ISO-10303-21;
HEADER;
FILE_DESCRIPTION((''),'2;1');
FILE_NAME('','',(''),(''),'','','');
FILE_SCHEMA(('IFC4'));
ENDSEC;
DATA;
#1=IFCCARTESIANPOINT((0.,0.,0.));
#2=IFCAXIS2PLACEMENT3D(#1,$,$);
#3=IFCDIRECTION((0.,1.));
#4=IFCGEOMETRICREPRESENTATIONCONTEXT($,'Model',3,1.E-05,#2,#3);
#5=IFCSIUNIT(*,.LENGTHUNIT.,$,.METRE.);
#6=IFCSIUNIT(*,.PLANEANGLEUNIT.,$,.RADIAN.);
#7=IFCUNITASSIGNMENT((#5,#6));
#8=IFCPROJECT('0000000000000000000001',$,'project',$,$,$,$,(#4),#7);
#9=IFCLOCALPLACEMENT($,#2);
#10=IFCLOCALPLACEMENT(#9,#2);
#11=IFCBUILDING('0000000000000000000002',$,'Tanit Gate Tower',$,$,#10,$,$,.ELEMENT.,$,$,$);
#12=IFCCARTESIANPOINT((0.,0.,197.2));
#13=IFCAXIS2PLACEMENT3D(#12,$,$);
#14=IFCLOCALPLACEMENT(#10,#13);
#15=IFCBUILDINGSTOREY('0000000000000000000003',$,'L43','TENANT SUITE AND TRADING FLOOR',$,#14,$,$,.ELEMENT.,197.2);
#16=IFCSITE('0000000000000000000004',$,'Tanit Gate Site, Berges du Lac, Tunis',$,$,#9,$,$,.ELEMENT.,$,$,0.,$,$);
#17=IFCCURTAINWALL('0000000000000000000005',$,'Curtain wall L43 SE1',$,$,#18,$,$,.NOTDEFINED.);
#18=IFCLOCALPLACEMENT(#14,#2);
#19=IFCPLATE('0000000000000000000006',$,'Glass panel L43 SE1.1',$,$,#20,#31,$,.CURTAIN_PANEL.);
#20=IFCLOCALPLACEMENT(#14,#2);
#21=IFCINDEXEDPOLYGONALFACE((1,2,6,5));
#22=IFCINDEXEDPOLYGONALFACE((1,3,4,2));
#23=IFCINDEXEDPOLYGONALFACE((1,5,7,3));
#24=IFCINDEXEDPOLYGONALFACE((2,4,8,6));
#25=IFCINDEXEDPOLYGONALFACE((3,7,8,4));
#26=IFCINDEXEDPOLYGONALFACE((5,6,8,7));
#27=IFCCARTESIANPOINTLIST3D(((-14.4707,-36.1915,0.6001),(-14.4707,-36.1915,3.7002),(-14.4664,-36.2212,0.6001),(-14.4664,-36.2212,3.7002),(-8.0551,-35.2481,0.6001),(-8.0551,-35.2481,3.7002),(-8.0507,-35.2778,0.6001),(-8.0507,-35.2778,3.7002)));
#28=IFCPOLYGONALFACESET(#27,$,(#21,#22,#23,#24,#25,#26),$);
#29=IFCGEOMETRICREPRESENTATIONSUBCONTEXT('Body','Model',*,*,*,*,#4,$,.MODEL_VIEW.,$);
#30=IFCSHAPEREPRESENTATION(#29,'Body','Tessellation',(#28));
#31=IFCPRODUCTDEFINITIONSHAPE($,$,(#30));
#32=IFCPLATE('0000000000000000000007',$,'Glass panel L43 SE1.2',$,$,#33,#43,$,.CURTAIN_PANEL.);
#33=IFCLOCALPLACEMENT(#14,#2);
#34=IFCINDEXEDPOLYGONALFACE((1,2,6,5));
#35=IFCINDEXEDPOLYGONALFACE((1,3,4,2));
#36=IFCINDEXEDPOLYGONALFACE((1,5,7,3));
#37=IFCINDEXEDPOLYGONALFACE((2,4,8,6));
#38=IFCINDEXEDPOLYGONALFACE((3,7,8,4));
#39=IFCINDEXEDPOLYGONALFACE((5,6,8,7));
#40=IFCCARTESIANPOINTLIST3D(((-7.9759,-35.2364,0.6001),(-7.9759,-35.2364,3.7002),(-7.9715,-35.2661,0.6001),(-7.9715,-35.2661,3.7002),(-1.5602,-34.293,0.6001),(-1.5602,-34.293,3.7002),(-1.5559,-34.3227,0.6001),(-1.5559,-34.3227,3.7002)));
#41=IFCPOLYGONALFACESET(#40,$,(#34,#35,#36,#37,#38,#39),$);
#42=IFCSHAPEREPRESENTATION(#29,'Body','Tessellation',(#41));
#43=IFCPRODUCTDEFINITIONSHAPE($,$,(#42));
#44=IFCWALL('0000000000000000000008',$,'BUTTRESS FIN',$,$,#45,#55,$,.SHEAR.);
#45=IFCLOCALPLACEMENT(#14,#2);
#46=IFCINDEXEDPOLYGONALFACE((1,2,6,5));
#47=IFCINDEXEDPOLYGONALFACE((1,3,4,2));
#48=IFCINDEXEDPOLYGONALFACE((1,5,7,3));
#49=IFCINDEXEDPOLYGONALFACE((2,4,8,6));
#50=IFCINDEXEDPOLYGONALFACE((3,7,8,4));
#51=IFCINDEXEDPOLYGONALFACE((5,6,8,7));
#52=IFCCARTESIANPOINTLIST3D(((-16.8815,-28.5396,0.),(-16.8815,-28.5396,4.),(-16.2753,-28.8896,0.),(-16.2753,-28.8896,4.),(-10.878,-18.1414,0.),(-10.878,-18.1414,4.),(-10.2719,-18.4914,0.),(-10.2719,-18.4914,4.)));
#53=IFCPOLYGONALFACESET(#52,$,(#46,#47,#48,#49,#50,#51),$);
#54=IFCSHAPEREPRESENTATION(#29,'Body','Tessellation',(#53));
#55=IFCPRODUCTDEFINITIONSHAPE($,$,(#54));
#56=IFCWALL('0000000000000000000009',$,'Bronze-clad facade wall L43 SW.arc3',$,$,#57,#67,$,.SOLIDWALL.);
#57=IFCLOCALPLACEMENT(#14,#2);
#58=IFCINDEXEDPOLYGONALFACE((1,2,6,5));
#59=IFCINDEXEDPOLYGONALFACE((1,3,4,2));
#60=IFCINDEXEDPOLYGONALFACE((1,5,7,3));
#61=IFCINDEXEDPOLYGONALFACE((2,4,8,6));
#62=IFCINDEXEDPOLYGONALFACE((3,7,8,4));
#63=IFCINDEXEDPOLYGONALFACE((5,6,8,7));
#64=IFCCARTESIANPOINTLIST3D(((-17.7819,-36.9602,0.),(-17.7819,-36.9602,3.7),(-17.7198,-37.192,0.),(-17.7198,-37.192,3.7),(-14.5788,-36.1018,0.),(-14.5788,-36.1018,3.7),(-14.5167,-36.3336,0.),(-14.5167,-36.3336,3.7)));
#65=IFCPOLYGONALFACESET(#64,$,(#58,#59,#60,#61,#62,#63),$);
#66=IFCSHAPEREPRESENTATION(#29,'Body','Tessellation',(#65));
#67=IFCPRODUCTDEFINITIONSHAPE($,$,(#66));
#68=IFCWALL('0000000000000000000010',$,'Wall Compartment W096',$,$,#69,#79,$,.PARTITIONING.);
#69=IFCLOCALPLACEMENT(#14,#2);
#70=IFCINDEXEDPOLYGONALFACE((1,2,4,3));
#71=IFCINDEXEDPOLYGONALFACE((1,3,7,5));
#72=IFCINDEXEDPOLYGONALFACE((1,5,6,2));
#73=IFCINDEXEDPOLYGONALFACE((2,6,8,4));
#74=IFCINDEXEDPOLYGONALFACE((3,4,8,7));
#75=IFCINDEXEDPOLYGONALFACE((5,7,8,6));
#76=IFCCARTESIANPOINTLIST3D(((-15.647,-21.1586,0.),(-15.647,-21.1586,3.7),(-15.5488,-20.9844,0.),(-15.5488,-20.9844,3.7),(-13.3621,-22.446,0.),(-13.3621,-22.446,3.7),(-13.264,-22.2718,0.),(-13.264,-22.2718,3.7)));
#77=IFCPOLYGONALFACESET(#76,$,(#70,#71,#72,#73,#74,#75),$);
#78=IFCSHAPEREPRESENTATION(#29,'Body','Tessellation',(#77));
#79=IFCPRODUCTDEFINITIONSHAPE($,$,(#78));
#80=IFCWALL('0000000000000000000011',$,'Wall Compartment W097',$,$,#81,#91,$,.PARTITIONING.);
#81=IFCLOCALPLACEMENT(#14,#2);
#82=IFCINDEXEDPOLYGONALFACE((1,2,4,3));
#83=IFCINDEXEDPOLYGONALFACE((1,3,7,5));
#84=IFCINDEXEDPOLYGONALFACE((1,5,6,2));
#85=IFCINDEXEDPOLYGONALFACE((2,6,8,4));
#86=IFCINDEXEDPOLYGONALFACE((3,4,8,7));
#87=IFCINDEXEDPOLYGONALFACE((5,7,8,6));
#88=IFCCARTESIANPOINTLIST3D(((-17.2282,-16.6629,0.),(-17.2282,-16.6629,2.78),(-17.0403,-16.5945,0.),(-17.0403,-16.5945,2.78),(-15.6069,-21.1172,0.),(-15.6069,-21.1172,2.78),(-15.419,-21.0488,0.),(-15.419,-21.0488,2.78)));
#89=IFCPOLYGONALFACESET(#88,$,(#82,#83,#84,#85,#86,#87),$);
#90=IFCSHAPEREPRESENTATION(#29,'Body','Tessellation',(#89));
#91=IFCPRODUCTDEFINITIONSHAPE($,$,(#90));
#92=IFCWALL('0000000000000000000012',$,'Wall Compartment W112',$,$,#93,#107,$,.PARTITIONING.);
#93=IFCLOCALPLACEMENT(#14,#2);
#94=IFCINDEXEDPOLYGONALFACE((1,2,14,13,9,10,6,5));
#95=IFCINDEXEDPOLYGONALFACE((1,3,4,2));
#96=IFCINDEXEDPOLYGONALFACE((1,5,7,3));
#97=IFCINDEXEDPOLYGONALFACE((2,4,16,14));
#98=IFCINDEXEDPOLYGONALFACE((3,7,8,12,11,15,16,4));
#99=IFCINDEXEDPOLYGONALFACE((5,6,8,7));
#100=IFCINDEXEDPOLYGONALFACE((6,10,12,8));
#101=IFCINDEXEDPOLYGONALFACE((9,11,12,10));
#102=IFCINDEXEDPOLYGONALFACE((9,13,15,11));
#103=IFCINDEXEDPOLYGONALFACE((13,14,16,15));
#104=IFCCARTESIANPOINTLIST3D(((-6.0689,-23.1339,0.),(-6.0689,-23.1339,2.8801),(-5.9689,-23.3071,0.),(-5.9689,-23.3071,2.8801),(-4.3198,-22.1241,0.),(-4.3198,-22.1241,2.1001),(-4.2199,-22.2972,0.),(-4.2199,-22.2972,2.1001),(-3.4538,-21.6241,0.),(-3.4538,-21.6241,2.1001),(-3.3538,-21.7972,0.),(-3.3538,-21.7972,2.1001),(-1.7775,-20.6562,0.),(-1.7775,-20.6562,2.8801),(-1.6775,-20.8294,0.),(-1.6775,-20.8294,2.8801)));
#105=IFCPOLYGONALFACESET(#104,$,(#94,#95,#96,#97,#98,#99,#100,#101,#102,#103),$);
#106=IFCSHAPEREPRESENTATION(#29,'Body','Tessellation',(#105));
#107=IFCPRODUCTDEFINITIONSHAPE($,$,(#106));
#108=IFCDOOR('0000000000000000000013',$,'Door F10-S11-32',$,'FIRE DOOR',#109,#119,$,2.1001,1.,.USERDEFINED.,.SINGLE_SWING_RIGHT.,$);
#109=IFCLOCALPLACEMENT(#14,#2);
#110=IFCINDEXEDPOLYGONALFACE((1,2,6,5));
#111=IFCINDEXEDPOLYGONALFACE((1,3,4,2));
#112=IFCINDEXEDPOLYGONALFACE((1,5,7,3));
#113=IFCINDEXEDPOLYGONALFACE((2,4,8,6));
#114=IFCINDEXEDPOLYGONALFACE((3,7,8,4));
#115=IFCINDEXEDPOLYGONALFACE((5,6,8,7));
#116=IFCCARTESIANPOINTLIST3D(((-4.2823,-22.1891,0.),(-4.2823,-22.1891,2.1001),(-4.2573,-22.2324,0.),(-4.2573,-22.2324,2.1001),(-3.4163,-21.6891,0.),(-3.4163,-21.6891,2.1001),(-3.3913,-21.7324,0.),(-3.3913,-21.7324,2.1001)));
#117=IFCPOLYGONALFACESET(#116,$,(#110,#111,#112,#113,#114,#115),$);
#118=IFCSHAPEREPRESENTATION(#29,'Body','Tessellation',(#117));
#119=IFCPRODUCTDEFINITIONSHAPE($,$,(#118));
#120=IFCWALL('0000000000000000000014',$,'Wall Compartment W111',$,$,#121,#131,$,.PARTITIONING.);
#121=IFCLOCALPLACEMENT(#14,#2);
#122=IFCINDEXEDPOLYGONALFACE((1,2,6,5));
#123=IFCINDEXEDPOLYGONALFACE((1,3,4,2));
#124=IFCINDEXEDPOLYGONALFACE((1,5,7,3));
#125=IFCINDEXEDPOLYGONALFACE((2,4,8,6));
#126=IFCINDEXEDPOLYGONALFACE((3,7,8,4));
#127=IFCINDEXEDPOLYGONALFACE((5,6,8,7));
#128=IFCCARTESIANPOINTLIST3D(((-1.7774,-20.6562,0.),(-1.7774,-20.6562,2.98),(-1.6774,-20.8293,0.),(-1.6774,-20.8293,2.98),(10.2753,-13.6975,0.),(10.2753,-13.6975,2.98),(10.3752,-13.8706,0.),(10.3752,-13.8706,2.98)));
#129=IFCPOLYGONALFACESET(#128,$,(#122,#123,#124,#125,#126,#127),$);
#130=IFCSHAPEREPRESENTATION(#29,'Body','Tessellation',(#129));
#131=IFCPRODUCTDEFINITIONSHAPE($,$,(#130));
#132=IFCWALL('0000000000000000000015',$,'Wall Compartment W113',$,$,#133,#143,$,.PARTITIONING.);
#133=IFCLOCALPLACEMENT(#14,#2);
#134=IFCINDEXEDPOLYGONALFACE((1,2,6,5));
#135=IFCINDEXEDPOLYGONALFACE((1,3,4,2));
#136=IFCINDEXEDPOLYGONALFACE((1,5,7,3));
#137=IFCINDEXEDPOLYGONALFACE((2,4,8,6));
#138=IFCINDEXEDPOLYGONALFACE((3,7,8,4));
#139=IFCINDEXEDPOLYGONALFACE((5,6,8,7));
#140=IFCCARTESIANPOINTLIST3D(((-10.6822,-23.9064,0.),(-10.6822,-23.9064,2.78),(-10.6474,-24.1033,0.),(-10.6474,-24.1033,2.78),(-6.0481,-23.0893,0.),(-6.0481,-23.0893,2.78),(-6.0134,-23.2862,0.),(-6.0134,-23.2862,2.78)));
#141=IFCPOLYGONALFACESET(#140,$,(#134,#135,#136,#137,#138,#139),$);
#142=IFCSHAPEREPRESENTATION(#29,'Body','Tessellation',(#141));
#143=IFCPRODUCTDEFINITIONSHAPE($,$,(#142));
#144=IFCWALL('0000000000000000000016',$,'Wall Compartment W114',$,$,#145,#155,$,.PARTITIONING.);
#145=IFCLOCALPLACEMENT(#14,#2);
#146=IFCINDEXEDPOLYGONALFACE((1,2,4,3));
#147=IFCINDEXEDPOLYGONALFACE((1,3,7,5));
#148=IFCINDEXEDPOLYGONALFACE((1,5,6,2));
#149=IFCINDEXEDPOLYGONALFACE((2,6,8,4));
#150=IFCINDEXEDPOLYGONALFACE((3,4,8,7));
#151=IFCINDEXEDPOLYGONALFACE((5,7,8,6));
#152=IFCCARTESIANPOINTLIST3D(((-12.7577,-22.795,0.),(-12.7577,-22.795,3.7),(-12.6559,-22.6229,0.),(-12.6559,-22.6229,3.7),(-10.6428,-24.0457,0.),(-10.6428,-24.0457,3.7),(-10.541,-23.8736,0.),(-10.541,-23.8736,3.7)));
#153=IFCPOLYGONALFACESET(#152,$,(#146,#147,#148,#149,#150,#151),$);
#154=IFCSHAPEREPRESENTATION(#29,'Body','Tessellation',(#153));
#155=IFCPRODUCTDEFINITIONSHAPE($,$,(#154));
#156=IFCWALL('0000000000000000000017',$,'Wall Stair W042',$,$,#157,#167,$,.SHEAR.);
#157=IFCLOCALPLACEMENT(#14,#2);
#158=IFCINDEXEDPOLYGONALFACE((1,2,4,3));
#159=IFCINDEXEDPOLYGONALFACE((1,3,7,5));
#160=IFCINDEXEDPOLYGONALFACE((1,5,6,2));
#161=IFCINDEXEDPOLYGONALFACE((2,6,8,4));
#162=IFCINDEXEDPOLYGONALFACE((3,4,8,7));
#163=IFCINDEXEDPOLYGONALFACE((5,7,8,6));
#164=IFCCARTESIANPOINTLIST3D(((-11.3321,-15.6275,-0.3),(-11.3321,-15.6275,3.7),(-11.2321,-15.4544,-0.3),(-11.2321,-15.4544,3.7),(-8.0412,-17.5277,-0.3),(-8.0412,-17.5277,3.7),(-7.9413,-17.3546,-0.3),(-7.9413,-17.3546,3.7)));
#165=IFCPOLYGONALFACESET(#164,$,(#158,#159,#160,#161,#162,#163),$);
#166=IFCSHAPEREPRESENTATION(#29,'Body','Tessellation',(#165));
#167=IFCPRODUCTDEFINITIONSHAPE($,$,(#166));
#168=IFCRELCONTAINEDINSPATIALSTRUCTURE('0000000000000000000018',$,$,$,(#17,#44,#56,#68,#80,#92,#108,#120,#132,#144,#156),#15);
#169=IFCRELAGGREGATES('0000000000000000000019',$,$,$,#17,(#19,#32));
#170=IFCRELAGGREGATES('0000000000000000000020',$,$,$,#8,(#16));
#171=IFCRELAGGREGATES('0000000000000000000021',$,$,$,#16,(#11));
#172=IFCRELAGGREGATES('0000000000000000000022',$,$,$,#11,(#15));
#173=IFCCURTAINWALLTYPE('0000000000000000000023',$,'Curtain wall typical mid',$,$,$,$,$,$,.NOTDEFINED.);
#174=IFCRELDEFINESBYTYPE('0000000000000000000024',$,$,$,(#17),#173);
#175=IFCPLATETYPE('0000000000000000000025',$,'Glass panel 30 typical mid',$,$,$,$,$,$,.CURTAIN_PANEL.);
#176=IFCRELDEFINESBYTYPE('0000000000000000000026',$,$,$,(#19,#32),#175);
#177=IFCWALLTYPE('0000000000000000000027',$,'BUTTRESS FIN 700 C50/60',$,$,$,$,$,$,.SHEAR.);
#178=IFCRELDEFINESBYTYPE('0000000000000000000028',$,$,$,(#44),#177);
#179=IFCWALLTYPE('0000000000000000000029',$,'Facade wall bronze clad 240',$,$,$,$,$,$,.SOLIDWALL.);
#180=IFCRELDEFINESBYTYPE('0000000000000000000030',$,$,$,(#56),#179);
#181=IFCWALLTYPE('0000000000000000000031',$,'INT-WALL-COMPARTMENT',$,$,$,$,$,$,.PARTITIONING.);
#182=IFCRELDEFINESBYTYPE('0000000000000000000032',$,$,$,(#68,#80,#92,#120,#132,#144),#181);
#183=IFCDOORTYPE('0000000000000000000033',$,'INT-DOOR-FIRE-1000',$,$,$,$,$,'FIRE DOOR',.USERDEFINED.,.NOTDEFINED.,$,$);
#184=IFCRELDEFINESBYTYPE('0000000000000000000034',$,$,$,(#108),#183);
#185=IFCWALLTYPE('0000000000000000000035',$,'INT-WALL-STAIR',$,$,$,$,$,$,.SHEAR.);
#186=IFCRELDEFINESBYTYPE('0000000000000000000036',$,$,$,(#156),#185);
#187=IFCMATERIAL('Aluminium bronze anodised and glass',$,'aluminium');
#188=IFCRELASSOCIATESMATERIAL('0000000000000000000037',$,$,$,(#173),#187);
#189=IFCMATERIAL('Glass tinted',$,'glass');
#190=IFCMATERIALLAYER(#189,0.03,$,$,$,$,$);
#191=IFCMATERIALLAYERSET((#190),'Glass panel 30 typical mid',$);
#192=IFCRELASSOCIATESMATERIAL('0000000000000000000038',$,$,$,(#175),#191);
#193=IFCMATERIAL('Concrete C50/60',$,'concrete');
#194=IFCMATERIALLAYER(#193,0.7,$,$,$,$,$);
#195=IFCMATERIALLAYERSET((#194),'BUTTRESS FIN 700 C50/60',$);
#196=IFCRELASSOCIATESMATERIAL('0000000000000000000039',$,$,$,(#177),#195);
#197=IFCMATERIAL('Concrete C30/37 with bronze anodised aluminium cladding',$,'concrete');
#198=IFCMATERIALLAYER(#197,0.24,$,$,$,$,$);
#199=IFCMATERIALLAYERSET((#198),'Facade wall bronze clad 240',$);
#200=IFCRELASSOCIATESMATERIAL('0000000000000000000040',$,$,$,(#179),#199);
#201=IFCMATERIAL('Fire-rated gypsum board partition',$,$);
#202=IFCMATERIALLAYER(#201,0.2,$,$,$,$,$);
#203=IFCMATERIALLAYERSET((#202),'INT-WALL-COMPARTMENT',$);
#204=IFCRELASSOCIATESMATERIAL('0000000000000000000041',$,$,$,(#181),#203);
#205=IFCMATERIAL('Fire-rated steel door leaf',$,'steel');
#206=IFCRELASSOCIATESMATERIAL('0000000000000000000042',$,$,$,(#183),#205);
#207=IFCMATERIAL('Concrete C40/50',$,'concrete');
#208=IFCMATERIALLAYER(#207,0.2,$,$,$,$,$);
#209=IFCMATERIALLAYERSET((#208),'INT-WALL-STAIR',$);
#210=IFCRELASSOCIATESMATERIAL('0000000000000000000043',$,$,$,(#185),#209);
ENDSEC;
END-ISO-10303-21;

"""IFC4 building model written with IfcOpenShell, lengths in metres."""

from ifc_helpers import new_model, si_unit, direction, frame, frame_2d, origin, origin_2d, place, context, subcontext, project, spatial, rectangle, extrude, material, layer, layer_set, type_object, element, fill, aggregate, save


model = new_model("IFC4")

# Units and contexts
model_context = context("Model", 3, precision=1e-05, world=origin(), true_north=direction((0.0, 1.0)))
body_context = subcontext(model_context, "Body", "Model", "MODEL_VIEW")
ifc_project = project(units=[si_unit("LENGTHUNIT", "METRE"), si_unit("PLANEANGLEUNIT", "RADIAN")], contexts=[model_context])

# Site, building, storey
site_placement = place(None, origin())
site = spatial("IfcSite", under=ifc_project, at=site_placement, Name="Tanit Gate Site, Berges du Lac, Tunis", CompositionType="ELEMENT", RefElevation=0.0)
building_placement = place(site_placement, origin())
building = spatial("IfcBuilding", under=site, at=building_placement, Name="Tanit Gate Tower", CompositionType="ELEMENT")
storey_placement = place(building_placement, frame((0.0, 0.0, 197.2)))
storey = spatial("IfcBuildingStorey", under=building, at=storey_placement, Name="L43", Description="TENANT SUITE AND TRADING FLOOR", CompositionType="ELEMENT", Elevation=197.2)

# Curtain wall
ifc_material_1 = material(Name="Aluminium bronze anodised and glass", Category="aluminium")
curtain_wall_type = type_object("IfcCurtainWallType", Name="Curtain wall typical mid", PredefinedType="NOTDEFINED", material=ifc_material_1)
curtain_wall_placement = place(storey_placement, origin())
curtain_wall = element("IfcCurtainWall", 1, at=curtain_wall_placement, inside=storey, type_object=curtain_wall_type, Name="Curtain wall L43 SE1", PredefinedType="NOTDEFINED")

# Plates
ifc_material_2 = material(Name="Glass tinted", Category="glass")
ifc_layer_1 = layer(ifc_material_2, 0.03)
ifc_layer_set_1 = layer_set([ifc_layer_1], Name="Glass panel 30 typical mid")
plate_type = type_object("IfcPlateType", Name="Glass panel 30 typical mid", PredefinedType="CURTAIN_PANEL", material=ifc_layer_set_1)
plate_1_placement = place(storey_placement, frame((-11.2607, -35.7346, 0.6001), z_axis=(0.0, 0.0, 1.0), x_axis=(0.98936, 0.145486, 0.0)))
plate_1 = element("IfcPlate", 2, at=plate_1_placement, type_object=plate_type, Name="Glass panel L43 SE1.1", PredefinedType="CURTAIN_PANEL", context=body_context, shape_type="SweptSolid", body=[
    extrude(rectangle(XDim=6.4846, YDim=0.03, at=origin_2d()), origin(), (0.0, 0.0, 1.0), 3.1001),
])
plate_2_placement = place(storey_placement, frame((-4.7659, -34.7795, 0.6001), z_axis=(0.0, 0.0, 1.0), x_axis=(0.98936, 0.145486, 0.0)))
plate_2 = element("IfcPlate", 3, at=plate_2_placement, type_object=plate_type, Name="Glass panel L43 SE1.2", PredefinedType="CURTAIN_PANEL", context=body_context, shape_type="SweptSolid", body=[
    extrude(rectangle(XDim=6.4846, YDim=0.03, at=origin_2d()), origin(), (0.0, 0.0, 1.0), 3.1001),
])
aggregate(curtain_wall, [plate_1, plate_2])

# Wall
ifc_material_3 = material(Name="Concrete C50/60", Category="concrete")
ifc_layer_2 = layer(ifc_material_3, 0.7)
ifc_layer_set_2 = layer_set([ifc_layer_2], Name="BUTTRESS FIN 700 C50/60")
wall_type_1 = type_object("IfcWallType", Name="BUTTRESS FIN 700 C50/60", PredefinedType="SHEAR", material=ifc_layer_set_2)
wall_1_placement = place(storey_placement, frame((-10.575, -18.3164, 0.0), z_axis=(0.0, 0.0, 1.0), x_axis=(-0.500001, -0.866025, 0.0)))
element("IfcWall", 4, at=wall_1_placement, inside=storey, type_object=wall_type_1, Name="BUTTRESS FIN", PredefinedType="SHEAR", context=body_context, shape_type="SweptSolid", body=[
    extrude(rectangle(XDim=12.0068, YDim=0.7, at=frame_2d((6.0034, 0.0))), origin(), (0.0, 0.0, 1.0), 4.0),
])

# Walls
ifc_material_4 = material(Name="Concrete C30/37 with bronze anodised aluminium cladding", Category="concrete")
ifc_layer_3 = layer(ifc_material_4, 0.24)
ifc_layer_set_3 = layer_set([ifc_layer_3], Name="Facade wall bronze clad 240")
wall_type_2 = type_object("IfcWallType", Name="Facade wall bronze clad 240", PredefinedType="SOLIDWALL", material=ifc_layer_set_3)
wall_2_placement = place(storey_placement, frame((-17.751, -37.0762, 0.0), z_axis=(0.0, 0.0, 1.0), x_axis=(0.965917, 0.258854, 0.0)))
element("IfcWall", 5, at=wall_2_placement, inside=storey, type_object=wall_type_2, Name="Bronze-clad facade wall L43 SW.arc3", PredefinedType="SOLIDWALL", context=body_context, shape_type="SweptSolid", body=[
    extrude(rectangle(XDim=3.3162, YDim=0.24, at=frame_2d((1.6582, 0.0))), origin(), (0.0, 0.0, 1.0), 3.7),
])
ifc_material_5 = material(Name="Fire-rated gypsum board partition")
ifc_layer_4 = layer(ifc_material_5, 0.2)
ifc_layer_set_4 = layer_set([ifc_layer_4], Name="INT-WALL-COMPARTMENT")
wall_type_3 = type_object("IfcWallType", Name="INT-WALL-COMPARTMENT", PredefinedType="PARTITIONING", material=ifc_layer_set_4)
wall_3_placement = place(storey_placement, frame((-15.5979, -21.0715, 0.0), z_axis=(0.0, 0.0, 1.0), x_axis=(0.871235, -0.490867, 0.0)))
element("IfcWall", 6, at=wall_3_placement, inside=storey, type_object=wall_type_3, Name="Wall Compartment W096", PredefinedType="PARTITIONING", context=body_context, shape_type="SweptSolid", body=[
    extrude(rectangle(XDim=2.6226, YDim=0.2, at=frame_2d((1.3113, 0.0))), origin(), (0.0, 0.0, 1.0), 3.7),
])
wall_4_placement = place(storey_placement, frame((-17.1343, -16.6287, 0.0), z_axis=(0.0, 0.0, 1.0), x_axis=(0.342037, -0.939687, 0.0)))
element("IfcWall", 7, at=wall_4_placement, inside=storey, type_object=wall_type_3, Name="Wall Compartment W097", PredefinedType="PARTITIONING", context=body_context, shape_type="SweptSolid", body=[
    extrude(rectangle(XDim=4.7402, YDim=0.2, at=frame_2d((2.3701, 0.0))), origin(), (0.0, 0.0, 1.0), 2.78),
])

# Wall, opening, door
wall_5_placement = place(storey_placement, frame((-6.0188, -23.2205, 0.0), z_axis=(0.0, 0.0, 1.0), x_axis=(0.866018, 0.500012, 0.0)))
wall_5 = element("IfcWall", 8, at=wall_5_placement, inside=storey, type_object=wall_type_3, Name="Wall Compartment W112", PredefinedType="PARTITIONING", context=body_context, shape_type="SweptSolid", body=[
    extrude(rectangle(XDim=4.9553, YDim=0.2, at=frame_2d((2.4775, 0.0))), origin(), (0.0, 0.0, 1.0), 2.8801),
])
opening_1_placement = place(wall_5_placement, frame((2.0195, 0.0, 0.0)))
opening_1 = element("IfcOpeningElement", 9, at=opening_1_placement, cuts=wall_5, PredefinedType="OPENING", context=body_context, shape_type="SweptSolid", body=[
    extrude(rectangle(XDim=1.0, YDim=2.1001, at=frame_2d((0.5, 1.05))), frame((0.0, 0.1099, 0.0), z_axis=(0.0, -1.0, 0.0), x_axis=(1.0, 0.0, 0.0)), (0.0, 0.0, 1.0), 0.22),
])
ifc_material_6 = material(Name="Fire-rated steel door leaf", Category="steel")
door_type_1 = type_object("IfcDoorType", Name="INT-DOOR-FIRE-1000", ElementType="FIRE DOOR", OperationType="NOTDEFINED", PredefinedType="USERDEFINED", material=ifc_material_6)
door_1_placement = place(opening_1_placement, origin())
door_1 = element("IfcDoor", 10, at=door_1_placement, inside=storey, type_object=door_type_1, Name="Door F10-S11-32", ObjectType="FIRE DOOR", OperationType="SINGLE_SWING_RIGHT", OverallHeight=2.1001, OverallWidth=1.0, PredefinedType="USERDEFINED", context=body_context, shape_type="SweptSolid", body=[
    extrude(rectangle(XDim=1.0, YDim=2.1001, at=frame_2d((0.5, 1.05))), frame((0.0, 0.0249, 0.0), z_axis=(0.0, -1.0, 0.0), x_axis=(1.0, 0.0, 0.0)), (0.0, 0.0, 1.0), 0.05),
])
fill(opening_1, door_1)

# Walls
wall_6_placement = place(storey_placement, frame((-1.7273, -20.7427, 0.0), z_axis=(0.0, 0.0, 1.0), x_axis=(0.866023, 0.500005, 0.0)))
element("IfcWall", 11, at=wall_6_placement, inside=storey, type_object=wall_type_3, Name="Wall Compartment W111", PredefinedType="PARTITIONING", context=body_context, shape_type="SweptSolid", body=[
    extrude(rectangle(XDim=13.9172, YDim=0.2, at=frame_2d((6.9585, 0.0))), origin(), (0.0, 0.0, 1.0), 2.98),
])
wall_7_placement = place(storey_placement, frame((-10.6648, -24.0049, 0.0), z_axis=(0.0, 0.0, 1.0), x_axis=(0.984807, 0.173655, 0.0)))
element("IfcWall", 12, at=wall_7_placement, inside=storey, type_object=wall_type_3, Name="Wall Compartment W113", PredefinedType="PARTITIONING", context=body_context, shape_type="SweptSolid", body=[
    extrude(rectangle(XDim=4.7056, YDim=0.2, at=frame_2d((2.3528, 0.0))), origin(), (0.0, 0.0, 1.0), 2.78),
])
wall_8_placement = place(storey_placement, frame((-12.7068, -22.709, 0.0), z_axis=(0.0, 0.0, 1.0), x_axis=(0.860754, -0.509021, 0.0)))
element("IfcWall", 13, at=wall_8_placement, inside=storey, type_object=wall_type_3, Name="Wall Compartment W114", PredefinedType="PARTITIONING", context=body_context, shape_type="SweptSolid", body=[
    extrude(rectangle(XDim=2.457, YDim=0.2, at=frame_2d((1.2285, 0.0))), origin(), (0.0, 0.0, 1.0), 3.7),
])
ifc_material_7 = material(Name="Concrete C40/50", Category="concrete")
ifc_layer_5 = layer(ifc_material_7, 0.2)
ifc_layer_set_5 = layer_set([ifc_layer_5], Name="INT-WALL-STAIR")
wall_type_4 = type_object("IfcWallType", Name="INT-WALL-STAIR", PredefinedType="SHEAR", material=ifc_layer_set_5)
wall_9_placement = place(storey_placement, frame((-11.282, -15.541, -0.3), z_axis=(0.0, 0.0, 1.0), x_axis=(0.866, -0.500043, 0.0)))
element("IfcWall", 14, at=wall_9_placement, inside=storey, type_object=wall_type_4, Name="Wall Stair W042", PredefinedType="SHEAR", context=body_context, shape_type="SweptSolid", body=[
    extrude(rectangle(XDim=3.8, YDim=0.2, at=frame_2d((1.8999, 0.0))), origin(), (0.0, 0.0, 1.0), 4.0),
])

save(model, "model.ifc")
